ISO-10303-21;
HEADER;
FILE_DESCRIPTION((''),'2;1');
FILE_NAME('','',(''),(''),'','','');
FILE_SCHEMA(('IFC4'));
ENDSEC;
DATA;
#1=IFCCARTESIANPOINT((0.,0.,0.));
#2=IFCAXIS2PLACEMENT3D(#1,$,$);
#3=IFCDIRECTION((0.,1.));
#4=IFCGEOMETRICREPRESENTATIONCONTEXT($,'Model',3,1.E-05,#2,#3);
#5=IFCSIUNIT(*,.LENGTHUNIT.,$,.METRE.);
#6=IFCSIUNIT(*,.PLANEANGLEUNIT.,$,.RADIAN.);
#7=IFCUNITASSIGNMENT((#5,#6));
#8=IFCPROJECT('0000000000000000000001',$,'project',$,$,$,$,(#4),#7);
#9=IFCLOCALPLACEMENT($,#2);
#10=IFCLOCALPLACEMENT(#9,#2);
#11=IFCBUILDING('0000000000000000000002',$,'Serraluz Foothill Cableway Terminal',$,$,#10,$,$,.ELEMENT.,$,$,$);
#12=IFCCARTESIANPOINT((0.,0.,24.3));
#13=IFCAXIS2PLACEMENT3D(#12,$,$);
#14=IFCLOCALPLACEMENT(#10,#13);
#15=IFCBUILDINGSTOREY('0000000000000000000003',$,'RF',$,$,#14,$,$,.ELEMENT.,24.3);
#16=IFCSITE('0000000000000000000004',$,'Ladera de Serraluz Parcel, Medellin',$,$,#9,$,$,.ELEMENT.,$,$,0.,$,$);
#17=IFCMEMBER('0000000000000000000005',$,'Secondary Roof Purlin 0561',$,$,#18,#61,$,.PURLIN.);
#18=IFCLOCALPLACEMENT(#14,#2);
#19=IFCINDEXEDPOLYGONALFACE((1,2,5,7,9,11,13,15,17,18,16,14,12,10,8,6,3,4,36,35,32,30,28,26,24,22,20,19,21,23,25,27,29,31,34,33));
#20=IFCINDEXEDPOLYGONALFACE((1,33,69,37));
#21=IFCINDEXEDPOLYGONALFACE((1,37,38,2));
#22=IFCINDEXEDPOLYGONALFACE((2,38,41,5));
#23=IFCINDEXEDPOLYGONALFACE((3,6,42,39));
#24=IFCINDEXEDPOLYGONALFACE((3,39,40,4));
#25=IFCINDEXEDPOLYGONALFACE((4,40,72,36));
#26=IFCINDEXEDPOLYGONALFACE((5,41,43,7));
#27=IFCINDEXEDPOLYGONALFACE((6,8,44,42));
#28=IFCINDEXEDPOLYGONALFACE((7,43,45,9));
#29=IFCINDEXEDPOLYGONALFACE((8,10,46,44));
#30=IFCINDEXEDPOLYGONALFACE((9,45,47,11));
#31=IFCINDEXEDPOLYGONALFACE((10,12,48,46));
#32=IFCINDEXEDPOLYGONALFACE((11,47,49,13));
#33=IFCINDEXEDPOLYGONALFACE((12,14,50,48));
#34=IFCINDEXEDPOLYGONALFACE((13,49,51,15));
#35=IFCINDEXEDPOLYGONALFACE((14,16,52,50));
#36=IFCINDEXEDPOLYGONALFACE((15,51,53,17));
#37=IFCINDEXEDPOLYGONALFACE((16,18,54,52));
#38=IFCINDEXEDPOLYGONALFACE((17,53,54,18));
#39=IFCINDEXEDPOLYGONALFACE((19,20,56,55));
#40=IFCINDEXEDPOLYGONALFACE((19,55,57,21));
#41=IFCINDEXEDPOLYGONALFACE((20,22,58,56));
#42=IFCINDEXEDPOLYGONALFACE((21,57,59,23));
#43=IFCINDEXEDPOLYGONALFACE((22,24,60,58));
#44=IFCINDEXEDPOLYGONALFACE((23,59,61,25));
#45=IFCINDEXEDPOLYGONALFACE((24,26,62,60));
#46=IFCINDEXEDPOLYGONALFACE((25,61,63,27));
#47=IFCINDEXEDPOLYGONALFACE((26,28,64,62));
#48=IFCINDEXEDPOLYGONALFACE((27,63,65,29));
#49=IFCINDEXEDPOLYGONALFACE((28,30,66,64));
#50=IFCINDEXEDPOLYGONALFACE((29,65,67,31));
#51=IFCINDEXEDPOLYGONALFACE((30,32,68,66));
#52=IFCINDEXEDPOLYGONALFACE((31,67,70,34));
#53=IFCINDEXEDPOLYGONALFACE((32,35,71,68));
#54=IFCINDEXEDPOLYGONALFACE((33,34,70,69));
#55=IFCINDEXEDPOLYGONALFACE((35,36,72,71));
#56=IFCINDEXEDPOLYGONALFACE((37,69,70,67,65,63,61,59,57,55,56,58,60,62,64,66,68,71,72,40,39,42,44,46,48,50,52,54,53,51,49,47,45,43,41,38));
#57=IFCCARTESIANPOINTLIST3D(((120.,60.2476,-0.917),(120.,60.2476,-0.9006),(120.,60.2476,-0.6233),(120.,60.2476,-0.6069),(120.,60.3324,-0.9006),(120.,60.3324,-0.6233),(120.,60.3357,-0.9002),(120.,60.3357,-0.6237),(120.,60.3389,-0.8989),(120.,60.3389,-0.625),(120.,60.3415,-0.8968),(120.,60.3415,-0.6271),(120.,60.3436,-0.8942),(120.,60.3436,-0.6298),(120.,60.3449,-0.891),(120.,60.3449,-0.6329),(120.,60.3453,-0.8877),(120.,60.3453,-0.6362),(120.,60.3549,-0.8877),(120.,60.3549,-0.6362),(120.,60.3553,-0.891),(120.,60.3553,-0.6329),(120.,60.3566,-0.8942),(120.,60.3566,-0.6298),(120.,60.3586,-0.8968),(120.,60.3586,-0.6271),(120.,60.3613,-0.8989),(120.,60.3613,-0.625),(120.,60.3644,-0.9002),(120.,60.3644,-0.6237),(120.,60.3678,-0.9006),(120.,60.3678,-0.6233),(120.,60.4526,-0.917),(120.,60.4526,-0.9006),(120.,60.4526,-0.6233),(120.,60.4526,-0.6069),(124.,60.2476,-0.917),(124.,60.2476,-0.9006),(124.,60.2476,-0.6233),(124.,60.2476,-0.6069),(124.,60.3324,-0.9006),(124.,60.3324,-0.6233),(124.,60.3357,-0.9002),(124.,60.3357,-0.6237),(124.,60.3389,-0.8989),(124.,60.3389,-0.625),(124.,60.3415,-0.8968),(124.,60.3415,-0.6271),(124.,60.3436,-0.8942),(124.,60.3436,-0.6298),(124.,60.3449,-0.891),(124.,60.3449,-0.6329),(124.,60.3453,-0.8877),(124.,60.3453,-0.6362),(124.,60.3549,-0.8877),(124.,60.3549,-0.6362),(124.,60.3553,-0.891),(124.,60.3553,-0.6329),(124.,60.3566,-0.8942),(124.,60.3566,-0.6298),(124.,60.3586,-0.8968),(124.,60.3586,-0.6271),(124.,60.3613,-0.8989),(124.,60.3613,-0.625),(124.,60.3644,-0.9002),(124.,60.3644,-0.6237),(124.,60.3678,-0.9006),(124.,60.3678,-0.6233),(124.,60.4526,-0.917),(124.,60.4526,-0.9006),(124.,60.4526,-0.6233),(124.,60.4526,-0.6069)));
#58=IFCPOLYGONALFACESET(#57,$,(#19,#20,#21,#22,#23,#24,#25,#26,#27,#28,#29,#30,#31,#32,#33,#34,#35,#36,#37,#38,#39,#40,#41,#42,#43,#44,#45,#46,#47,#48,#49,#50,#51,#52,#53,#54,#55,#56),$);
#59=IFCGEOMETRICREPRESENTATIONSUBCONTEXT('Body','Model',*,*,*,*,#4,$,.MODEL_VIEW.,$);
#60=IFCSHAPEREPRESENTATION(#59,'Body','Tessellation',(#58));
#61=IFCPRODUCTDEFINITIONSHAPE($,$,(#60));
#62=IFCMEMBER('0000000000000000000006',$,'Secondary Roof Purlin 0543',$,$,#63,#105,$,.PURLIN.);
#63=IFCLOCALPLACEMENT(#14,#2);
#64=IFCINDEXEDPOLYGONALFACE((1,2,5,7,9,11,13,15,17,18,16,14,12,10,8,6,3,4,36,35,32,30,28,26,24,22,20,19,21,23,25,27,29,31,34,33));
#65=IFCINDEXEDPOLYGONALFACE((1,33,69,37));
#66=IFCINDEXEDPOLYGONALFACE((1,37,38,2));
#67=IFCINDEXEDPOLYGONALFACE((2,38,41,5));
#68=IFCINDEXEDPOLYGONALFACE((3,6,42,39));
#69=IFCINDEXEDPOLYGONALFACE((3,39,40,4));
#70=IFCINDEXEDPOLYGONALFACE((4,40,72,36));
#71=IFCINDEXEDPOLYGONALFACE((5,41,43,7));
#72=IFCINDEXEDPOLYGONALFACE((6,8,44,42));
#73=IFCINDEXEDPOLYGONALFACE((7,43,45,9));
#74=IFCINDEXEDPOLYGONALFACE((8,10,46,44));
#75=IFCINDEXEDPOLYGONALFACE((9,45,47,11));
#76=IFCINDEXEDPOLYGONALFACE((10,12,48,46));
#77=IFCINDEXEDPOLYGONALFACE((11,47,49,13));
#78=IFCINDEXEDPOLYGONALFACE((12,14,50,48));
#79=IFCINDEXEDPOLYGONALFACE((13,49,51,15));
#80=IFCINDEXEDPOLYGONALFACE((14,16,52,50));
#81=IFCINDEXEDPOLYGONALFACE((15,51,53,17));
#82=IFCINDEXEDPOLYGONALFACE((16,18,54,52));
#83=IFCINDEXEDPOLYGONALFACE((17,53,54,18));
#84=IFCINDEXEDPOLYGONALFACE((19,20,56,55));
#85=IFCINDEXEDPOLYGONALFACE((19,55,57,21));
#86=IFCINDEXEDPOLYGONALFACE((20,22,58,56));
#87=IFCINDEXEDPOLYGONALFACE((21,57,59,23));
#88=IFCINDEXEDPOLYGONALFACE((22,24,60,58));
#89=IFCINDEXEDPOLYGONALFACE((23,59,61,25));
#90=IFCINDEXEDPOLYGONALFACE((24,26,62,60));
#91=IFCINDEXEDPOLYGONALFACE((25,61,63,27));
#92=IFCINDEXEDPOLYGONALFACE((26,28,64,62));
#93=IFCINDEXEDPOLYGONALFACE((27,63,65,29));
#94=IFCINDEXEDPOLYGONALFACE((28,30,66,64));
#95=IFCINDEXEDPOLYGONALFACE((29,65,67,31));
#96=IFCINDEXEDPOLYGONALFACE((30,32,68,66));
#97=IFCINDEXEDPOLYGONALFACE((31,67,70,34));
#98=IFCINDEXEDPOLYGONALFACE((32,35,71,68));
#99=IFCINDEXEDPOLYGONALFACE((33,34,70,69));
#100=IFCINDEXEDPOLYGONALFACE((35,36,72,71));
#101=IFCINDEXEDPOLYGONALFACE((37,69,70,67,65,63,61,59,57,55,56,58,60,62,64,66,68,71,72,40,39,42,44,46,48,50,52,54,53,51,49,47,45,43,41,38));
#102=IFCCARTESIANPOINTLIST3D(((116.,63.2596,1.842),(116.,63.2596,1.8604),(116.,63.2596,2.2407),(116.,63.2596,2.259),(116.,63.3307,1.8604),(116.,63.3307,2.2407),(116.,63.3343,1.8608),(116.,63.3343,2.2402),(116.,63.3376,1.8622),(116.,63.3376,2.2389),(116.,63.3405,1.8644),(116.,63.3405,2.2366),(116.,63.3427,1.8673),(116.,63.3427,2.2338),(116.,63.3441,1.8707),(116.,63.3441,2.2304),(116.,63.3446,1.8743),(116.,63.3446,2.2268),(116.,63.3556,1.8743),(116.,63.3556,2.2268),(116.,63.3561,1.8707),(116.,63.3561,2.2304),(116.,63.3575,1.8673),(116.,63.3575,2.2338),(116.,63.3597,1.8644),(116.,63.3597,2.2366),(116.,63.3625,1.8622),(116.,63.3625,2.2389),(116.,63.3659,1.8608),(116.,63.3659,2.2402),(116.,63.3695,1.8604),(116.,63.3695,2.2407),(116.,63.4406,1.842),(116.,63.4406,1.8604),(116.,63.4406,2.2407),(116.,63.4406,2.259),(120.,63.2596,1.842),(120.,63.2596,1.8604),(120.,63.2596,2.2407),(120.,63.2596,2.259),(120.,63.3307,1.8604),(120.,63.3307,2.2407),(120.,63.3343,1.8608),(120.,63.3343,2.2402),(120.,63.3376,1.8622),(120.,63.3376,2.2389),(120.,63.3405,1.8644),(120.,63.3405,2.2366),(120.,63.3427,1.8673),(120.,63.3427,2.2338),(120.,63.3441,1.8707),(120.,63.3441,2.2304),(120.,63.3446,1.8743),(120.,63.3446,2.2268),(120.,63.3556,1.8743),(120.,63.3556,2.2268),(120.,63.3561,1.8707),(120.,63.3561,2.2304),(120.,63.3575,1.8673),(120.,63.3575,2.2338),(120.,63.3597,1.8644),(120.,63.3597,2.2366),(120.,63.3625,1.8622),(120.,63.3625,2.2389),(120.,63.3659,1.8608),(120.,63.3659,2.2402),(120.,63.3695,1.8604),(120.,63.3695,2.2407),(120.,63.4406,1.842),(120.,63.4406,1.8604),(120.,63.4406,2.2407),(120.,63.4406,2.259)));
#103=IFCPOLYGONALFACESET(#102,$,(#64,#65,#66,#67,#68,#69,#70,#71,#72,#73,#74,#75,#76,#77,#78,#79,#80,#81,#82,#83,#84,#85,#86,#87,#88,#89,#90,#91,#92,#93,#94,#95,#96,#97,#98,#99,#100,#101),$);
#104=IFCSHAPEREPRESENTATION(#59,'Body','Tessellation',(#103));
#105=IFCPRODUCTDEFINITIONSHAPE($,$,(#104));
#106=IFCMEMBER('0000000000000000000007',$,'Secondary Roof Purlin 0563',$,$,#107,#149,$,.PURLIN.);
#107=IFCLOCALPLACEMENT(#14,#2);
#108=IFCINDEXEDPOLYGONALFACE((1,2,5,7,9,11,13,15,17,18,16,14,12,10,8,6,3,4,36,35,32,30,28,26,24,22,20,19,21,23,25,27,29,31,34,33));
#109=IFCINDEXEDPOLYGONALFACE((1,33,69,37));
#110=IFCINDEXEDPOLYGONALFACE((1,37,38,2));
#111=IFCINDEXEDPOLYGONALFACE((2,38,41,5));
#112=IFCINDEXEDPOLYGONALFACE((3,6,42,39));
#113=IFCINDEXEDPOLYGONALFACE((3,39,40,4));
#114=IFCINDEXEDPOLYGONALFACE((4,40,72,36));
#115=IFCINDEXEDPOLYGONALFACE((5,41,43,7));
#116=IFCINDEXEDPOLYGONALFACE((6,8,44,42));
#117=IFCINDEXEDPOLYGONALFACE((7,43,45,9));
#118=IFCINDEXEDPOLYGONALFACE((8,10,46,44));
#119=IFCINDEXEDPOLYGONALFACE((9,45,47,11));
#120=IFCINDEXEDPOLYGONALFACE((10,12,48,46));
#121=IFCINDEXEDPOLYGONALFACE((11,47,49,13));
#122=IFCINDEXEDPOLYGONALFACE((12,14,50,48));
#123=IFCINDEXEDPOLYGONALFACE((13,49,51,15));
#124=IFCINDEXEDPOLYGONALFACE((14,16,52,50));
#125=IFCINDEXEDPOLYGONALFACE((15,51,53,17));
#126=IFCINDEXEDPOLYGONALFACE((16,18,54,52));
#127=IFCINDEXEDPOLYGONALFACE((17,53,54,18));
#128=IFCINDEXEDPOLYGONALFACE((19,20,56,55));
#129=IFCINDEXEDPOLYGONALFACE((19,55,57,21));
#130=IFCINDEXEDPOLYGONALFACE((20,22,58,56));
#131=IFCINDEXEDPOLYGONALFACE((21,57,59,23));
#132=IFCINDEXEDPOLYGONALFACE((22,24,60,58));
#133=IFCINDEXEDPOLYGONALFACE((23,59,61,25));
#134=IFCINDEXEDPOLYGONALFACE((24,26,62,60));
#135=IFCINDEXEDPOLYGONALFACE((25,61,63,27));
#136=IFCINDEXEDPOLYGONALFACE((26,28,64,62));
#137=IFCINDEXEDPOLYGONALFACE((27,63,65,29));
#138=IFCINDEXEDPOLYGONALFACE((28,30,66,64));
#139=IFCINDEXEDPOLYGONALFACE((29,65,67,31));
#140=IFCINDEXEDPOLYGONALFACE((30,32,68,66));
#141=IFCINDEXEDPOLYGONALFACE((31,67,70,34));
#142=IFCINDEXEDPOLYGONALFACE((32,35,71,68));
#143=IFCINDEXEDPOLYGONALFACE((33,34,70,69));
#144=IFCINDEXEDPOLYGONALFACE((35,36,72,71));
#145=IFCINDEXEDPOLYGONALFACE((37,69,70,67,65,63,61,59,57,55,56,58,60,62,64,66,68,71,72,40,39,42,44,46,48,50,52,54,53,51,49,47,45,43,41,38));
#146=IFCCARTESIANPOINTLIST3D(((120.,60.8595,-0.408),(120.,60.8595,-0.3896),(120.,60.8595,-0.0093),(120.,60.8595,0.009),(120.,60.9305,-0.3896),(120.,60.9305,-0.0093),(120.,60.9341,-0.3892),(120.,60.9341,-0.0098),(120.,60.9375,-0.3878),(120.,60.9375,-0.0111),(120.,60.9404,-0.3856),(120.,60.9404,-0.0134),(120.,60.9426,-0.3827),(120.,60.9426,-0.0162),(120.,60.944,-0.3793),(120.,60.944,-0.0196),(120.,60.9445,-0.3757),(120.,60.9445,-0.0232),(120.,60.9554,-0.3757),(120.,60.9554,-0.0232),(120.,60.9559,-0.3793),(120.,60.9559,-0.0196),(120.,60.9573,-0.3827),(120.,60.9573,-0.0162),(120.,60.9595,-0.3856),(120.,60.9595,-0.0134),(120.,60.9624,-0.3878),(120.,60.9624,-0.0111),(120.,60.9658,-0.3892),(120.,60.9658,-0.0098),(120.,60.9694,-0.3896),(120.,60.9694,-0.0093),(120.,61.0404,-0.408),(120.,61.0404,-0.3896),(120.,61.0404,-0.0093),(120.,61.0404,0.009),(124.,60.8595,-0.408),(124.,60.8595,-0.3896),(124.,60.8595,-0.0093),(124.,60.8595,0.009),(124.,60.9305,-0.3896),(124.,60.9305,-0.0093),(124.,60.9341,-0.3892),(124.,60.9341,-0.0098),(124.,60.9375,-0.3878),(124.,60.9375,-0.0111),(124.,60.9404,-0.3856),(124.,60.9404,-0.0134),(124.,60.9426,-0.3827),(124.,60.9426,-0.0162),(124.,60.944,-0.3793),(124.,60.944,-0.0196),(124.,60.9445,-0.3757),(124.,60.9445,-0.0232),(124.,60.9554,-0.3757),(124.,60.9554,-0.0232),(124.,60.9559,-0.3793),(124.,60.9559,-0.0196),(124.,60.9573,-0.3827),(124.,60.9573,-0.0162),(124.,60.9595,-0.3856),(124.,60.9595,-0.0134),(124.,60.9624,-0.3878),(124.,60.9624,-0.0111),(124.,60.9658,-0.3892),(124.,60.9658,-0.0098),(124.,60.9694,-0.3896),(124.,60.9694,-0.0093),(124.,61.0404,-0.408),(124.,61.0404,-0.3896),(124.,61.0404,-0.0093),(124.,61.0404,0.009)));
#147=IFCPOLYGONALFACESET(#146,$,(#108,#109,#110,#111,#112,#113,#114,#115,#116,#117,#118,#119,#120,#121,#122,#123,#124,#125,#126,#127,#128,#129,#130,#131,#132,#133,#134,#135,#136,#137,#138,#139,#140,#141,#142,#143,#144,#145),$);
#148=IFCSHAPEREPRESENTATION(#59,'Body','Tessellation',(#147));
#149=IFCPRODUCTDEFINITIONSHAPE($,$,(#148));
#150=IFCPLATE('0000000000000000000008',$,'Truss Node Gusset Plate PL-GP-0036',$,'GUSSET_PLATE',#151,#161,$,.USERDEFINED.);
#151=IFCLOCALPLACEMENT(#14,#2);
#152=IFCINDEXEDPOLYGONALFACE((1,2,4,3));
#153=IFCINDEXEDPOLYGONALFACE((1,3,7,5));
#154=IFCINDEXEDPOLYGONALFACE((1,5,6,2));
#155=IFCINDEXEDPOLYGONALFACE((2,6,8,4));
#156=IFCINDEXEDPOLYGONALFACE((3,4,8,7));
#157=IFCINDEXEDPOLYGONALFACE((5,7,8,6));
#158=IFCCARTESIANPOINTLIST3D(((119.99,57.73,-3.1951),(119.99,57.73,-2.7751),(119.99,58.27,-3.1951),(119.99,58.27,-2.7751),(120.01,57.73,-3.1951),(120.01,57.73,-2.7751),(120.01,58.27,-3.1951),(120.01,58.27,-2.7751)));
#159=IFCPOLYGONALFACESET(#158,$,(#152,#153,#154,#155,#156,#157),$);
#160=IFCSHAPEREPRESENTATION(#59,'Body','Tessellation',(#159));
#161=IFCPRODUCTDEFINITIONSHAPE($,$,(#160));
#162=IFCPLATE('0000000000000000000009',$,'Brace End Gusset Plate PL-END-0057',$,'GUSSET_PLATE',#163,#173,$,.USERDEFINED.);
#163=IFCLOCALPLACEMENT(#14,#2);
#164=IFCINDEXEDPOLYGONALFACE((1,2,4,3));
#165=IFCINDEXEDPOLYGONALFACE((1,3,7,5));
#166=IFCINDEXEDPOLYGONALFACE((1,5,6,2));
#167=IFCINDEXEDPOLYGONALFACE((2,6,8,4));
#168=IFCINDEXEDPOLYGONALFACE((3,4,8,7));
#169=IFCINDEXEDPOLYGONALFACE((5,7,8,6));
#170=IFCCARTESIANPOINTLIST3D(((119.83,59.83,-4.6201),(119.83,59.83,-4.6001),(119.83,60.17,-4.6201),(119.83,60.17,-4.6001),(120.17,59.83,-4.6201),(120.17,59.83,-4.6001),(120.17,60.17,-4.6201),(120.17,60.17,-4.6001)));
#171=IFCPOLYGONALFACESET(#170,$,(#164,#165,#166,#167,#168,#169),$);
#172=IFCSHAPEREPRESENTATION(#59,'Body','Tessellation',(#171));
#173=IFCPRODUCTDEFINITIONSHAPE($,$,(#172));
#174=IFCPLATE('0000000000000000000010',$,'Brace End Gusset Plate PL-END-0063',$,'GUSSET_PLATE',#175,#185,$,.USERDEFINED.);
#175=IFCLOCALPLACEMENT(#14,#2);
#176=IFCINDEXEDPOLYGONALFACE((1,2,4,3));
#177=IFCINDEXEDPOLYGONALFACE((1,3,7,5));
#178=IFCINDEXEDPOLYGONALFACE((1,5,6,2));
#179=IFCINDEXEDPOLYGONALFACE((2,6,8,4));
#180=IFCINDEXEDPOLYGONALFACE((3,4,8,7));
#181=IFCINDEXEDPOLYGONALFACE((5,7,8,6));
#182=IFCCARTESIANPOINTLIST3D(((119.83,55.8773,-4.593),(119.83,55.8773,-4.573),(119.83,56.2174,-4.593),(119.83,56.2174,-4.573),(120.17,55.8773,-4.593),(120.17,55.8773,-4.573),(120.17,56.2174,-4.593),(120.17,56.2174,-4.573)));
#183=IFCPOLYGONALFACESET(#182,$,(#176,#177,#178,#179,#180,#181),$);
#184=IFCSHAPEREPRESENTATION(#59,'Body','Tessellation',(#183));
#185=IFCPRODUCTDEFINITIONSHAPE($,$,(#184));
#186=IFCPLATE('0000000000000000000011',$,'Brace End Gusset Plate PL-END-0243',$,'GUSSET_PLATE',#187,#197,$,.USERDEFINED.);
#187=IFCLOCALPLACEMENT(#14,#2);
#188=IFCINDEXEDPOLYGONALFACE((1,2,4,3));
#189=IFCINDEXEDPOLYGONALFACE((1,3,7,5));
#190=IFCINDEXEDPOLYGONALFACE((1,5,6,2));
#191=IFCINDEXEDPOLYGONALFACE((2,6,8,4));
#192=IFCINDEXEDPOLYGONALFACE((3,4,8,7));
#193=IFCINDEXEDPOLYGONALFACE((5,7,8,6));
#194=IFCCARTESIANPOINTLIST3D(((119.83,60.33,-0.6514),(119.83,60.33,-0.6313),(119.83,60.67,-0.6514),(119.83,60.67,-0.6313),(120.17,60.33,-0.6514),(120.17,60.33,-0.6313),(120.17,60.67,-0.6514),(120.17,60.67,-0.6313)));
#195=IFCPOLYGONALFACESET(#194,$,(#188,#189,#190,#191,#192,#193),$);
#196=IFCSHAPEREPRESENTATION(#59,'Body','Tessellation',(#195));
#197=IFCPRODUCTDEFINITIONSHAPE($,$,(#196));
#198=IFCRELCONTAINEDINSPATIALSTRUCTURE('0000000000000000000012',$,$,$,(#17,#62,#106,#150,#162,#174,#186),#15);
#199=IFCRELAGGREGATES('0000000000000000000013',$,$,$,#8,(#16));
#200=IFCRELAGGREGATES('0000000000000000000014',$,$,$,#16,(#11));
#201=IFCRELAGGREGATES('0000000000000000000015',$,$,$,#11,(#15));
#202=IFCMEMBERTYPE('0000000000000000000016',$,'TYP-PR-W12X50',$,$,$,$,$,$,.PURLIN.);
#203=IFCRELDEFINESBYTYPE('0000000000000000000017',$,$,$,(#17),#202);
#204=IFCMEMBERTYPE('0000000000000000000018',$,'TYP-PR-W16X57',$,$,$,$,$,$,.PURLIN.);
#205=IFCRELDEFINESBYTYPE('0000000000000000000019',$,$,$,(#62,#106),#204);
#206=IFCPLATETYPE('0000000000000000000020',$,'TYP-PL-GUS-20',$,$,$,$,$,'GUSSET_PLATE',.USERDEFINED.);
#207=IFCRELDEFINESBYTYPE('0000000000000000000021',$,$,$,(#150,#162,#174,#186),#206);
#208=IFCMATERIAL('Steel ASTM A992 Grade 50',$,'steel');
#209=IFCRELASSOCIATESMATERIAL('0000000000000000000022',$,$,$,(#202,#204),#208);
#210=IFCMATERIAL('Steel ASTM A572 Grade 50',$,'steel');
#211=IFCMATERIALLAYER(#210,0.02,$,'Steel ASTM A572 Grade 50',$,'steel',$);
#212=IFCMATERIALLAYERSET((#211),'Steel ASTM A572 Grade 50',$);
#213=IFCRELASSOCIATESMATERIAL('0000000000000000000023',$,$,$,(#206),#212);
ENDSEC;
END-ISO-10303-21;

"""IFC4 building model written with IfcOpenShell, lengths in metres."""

from ifc_helpers import new_model, si_unit, direction, frame, origin, origin_2d, place, context, subcontext, project, spatial, rectangle, i_section, extrude, material, layer, layer_set, material_profile, profile_set, type_object, element, save


model = new_model("IFC4")

# Units and contexts
model_context = context("Model", 3, precision=1e-05, world=origin(), true_north=direction((0.0, 1.0)))
body_context = subcontext(model_context, "Body", "Model", "MODEL_VIEW")
ifc_project = project(units=[si_unit("LENGTHUNIT", "METRE"), si_unit("PLANEANGLEUNIT", "RADIAN")], contexts=[model_context])

# Site, building, storey
site_placement = place(None, origin())
site = spatial("IfcSite", under=ifc_project, at=site_placement, Name="Ladera de Serraluz Parcel, Medellin", CompositionType="ELEMENT", RefElevation=0.0)
building_placement = place(site_placement, origin())
building = spatial("IfcBuilding", under=site, at=building_placement, Name="Serraluz Foothill Cableway Terminal", CompositionType="ELEMENT")
storey_placement = place(building_placement, frame((0.0, 0.0, 24.3)))
storey = spatial("IfcBuildingStorey", under=building, at=storey_placement, Name="RF", CompositionType="ELEMENT", Elevation=24.3)

# Members
ifc_material_1 = material(Name="Steel ASTM A572 Grade 50", Category="steel")
ifc_material_2 = material(Name="Steel ASTM A992 Grade 50", Category="steel")
ifc_material_profile_1 = material_profile(ifc_material_2, i_section(OverallWidth=0.2051, OverallDepth=0.3101, WebThickness=0.0095, FlangeThickness=0.0164, FilletRadius=0.0129, at=origin_2d()), Name="W12X50")
ifc_profile_set_1 = profile_set([ifc_material_profile_1], Name="Steel ASTM A992 Grade 50")
member_type_1 = type_object("IfcMemberType", Name="TYP-PR-W12X50", PredefinedType="PURLIN", material=ifc_profile_set_1)
member_1_placement = place(storey_placement, frame((120.0, 60.3501, -0.762), z_axis=(1.0, 0.0, 0.0), x_axis=(0.0, 1.0, 0.0)))
element("IfcMember", 1, at=member_1_placement, inside=storey, type_object=member_type_1, Name="Secondary Roof Purlin 0561", PredefinedType="PURLIN", context=body_context, shape_type="SweptSolid", body=[
    extrude(i_section(OverallWidth=0.2051, OverallDepth=0.3101, WebThickness=0.0095, FlangeThickness=0.0164, FilletRadius=0.0129, at=origin_2d()), origin(), (0.0, 0.0, 1.0), 4.0),
])
ifc_material_profile_2 = material_profile(ifc_material_2, i_section(OverallWidth=0.1809, OverallDepth=0.417, WebThickness=0.011, FlangeThickness=0.0183, FilletRadius=0.0139, at=origin_2d()), Name="W16X57")
ifc_profile_set_2 = profile_set([ifc_material_profile_2], Name="Steel ASTM A992 Grade 50")
member_type_2 = type_object("IfcMemberType", Name="TYP-PR-W16X57", PredefinedType="PURLIN", material=ifc_profile_set_2)
for number, where, z_axis, x_axis, name in (
    (2, (116.0, 63.3501, 2.0505), (1.0, 0.0, 0.0), (0.0, 1.0, 0.0), "Secondary Roof Purlin 0543"),
    (3, (120.0, 60.95, -0.1995), (1.0, 0.0, 0.0), (0.0, 1.0, 0.0), "Secondary Roof Purlin 0563"),
):
    element("IfcMember", number, at=place(storey_placement, frame(where, z_axis=z_axis, x_axis=x_axis)), inside=storey, type_object=member_type_2, Name=name, PredefinedType="PURLIN", context=body_context, shape_type="SweptSolid", body=[
        extrude(i_section(OverallWidth=0.1809, OverallDepth=0.417, WebThickness=0.011, FlangeThickness=0.0183, FilletRadius=0.0139, at=origin_2d()), origin(), (0.0, 0.0, 1.0), 4.0),
    ])

# Plates
ifc_layer_1 = layer(ifc_material_1, 0.02, Name="Steel ASTM A572 Grade 50", Category="steel")
ifc_layer_set_1 = layer_set([ifc_layer_1], Name="Steel ASTM A572 Grade 50")
plate_type_1 = type_object("IfcPlateType", Name="TYP-PL-GUS-20", ElementType="GUSSET_PLATE", PredefinedType="USERDEFINED", material=ifc_layer_set_1)
plate_1_placement = place(storey_placement, frame((120.0, 58.0, -3.1951), z_axis=(0.0, 0.0, 1.0), x_axis=(1.0, 0.0, 0.0)))
element("IfcPlate", 4, at=plate_1_placement, inside=storey, type_object=plate_type_1, Name="Truss Node Gusset Plate PL-GP-0036", ObjectType="GUSSET_PLATE", PredefinedType="USERDEFINED", context=body_context, shape_type="SweptSolid", body=[
    extrude(rectangle(XDim=0.02, YDim=0.54, at=origin_2d()), origin(), (0.0, 0.0, 1.0), 0.4199),
])
for number, where, z_axis, x_axis, name in (
    (5, (120.0, 60.0, -4.6201), (0.0, 0.0, 1.0), (1.0, 0.0, 0.0), "Brace End Gusset Plate PL-END-0057"),
    (6, (120.0, 56.0474, -4.593), (0.0, 0.0, 1.0), (1.0, 0.0, 0.0), "Brace End Gusset Plate PL-END-0063"),
    (7, (120.0, 60.5, -0.6514), (0.0, 0.0, 1.0), (1.0, 0.0, 0.0), "Brace End Gusset Plate PL-END-0243"),
):
    element("IfcPlate", number, at=place(storey_placement, frame(where, z_axis=z_axis, x_axis=x_axis)), inside=storey, type_object=plate_type_1, Name=name, ObjectType="GUSSET_PLATE", PredefinedType="USERDEFINED", context=body_context, shape_type="SweptSolid", body=[
        extrude(rectangle(XDim=0.3401, YDim=0.3401, at=origin_2d()), origin(), (0.0, 0.0, 1.0), 0.02),
    ])

save(model, "model.ifc")
